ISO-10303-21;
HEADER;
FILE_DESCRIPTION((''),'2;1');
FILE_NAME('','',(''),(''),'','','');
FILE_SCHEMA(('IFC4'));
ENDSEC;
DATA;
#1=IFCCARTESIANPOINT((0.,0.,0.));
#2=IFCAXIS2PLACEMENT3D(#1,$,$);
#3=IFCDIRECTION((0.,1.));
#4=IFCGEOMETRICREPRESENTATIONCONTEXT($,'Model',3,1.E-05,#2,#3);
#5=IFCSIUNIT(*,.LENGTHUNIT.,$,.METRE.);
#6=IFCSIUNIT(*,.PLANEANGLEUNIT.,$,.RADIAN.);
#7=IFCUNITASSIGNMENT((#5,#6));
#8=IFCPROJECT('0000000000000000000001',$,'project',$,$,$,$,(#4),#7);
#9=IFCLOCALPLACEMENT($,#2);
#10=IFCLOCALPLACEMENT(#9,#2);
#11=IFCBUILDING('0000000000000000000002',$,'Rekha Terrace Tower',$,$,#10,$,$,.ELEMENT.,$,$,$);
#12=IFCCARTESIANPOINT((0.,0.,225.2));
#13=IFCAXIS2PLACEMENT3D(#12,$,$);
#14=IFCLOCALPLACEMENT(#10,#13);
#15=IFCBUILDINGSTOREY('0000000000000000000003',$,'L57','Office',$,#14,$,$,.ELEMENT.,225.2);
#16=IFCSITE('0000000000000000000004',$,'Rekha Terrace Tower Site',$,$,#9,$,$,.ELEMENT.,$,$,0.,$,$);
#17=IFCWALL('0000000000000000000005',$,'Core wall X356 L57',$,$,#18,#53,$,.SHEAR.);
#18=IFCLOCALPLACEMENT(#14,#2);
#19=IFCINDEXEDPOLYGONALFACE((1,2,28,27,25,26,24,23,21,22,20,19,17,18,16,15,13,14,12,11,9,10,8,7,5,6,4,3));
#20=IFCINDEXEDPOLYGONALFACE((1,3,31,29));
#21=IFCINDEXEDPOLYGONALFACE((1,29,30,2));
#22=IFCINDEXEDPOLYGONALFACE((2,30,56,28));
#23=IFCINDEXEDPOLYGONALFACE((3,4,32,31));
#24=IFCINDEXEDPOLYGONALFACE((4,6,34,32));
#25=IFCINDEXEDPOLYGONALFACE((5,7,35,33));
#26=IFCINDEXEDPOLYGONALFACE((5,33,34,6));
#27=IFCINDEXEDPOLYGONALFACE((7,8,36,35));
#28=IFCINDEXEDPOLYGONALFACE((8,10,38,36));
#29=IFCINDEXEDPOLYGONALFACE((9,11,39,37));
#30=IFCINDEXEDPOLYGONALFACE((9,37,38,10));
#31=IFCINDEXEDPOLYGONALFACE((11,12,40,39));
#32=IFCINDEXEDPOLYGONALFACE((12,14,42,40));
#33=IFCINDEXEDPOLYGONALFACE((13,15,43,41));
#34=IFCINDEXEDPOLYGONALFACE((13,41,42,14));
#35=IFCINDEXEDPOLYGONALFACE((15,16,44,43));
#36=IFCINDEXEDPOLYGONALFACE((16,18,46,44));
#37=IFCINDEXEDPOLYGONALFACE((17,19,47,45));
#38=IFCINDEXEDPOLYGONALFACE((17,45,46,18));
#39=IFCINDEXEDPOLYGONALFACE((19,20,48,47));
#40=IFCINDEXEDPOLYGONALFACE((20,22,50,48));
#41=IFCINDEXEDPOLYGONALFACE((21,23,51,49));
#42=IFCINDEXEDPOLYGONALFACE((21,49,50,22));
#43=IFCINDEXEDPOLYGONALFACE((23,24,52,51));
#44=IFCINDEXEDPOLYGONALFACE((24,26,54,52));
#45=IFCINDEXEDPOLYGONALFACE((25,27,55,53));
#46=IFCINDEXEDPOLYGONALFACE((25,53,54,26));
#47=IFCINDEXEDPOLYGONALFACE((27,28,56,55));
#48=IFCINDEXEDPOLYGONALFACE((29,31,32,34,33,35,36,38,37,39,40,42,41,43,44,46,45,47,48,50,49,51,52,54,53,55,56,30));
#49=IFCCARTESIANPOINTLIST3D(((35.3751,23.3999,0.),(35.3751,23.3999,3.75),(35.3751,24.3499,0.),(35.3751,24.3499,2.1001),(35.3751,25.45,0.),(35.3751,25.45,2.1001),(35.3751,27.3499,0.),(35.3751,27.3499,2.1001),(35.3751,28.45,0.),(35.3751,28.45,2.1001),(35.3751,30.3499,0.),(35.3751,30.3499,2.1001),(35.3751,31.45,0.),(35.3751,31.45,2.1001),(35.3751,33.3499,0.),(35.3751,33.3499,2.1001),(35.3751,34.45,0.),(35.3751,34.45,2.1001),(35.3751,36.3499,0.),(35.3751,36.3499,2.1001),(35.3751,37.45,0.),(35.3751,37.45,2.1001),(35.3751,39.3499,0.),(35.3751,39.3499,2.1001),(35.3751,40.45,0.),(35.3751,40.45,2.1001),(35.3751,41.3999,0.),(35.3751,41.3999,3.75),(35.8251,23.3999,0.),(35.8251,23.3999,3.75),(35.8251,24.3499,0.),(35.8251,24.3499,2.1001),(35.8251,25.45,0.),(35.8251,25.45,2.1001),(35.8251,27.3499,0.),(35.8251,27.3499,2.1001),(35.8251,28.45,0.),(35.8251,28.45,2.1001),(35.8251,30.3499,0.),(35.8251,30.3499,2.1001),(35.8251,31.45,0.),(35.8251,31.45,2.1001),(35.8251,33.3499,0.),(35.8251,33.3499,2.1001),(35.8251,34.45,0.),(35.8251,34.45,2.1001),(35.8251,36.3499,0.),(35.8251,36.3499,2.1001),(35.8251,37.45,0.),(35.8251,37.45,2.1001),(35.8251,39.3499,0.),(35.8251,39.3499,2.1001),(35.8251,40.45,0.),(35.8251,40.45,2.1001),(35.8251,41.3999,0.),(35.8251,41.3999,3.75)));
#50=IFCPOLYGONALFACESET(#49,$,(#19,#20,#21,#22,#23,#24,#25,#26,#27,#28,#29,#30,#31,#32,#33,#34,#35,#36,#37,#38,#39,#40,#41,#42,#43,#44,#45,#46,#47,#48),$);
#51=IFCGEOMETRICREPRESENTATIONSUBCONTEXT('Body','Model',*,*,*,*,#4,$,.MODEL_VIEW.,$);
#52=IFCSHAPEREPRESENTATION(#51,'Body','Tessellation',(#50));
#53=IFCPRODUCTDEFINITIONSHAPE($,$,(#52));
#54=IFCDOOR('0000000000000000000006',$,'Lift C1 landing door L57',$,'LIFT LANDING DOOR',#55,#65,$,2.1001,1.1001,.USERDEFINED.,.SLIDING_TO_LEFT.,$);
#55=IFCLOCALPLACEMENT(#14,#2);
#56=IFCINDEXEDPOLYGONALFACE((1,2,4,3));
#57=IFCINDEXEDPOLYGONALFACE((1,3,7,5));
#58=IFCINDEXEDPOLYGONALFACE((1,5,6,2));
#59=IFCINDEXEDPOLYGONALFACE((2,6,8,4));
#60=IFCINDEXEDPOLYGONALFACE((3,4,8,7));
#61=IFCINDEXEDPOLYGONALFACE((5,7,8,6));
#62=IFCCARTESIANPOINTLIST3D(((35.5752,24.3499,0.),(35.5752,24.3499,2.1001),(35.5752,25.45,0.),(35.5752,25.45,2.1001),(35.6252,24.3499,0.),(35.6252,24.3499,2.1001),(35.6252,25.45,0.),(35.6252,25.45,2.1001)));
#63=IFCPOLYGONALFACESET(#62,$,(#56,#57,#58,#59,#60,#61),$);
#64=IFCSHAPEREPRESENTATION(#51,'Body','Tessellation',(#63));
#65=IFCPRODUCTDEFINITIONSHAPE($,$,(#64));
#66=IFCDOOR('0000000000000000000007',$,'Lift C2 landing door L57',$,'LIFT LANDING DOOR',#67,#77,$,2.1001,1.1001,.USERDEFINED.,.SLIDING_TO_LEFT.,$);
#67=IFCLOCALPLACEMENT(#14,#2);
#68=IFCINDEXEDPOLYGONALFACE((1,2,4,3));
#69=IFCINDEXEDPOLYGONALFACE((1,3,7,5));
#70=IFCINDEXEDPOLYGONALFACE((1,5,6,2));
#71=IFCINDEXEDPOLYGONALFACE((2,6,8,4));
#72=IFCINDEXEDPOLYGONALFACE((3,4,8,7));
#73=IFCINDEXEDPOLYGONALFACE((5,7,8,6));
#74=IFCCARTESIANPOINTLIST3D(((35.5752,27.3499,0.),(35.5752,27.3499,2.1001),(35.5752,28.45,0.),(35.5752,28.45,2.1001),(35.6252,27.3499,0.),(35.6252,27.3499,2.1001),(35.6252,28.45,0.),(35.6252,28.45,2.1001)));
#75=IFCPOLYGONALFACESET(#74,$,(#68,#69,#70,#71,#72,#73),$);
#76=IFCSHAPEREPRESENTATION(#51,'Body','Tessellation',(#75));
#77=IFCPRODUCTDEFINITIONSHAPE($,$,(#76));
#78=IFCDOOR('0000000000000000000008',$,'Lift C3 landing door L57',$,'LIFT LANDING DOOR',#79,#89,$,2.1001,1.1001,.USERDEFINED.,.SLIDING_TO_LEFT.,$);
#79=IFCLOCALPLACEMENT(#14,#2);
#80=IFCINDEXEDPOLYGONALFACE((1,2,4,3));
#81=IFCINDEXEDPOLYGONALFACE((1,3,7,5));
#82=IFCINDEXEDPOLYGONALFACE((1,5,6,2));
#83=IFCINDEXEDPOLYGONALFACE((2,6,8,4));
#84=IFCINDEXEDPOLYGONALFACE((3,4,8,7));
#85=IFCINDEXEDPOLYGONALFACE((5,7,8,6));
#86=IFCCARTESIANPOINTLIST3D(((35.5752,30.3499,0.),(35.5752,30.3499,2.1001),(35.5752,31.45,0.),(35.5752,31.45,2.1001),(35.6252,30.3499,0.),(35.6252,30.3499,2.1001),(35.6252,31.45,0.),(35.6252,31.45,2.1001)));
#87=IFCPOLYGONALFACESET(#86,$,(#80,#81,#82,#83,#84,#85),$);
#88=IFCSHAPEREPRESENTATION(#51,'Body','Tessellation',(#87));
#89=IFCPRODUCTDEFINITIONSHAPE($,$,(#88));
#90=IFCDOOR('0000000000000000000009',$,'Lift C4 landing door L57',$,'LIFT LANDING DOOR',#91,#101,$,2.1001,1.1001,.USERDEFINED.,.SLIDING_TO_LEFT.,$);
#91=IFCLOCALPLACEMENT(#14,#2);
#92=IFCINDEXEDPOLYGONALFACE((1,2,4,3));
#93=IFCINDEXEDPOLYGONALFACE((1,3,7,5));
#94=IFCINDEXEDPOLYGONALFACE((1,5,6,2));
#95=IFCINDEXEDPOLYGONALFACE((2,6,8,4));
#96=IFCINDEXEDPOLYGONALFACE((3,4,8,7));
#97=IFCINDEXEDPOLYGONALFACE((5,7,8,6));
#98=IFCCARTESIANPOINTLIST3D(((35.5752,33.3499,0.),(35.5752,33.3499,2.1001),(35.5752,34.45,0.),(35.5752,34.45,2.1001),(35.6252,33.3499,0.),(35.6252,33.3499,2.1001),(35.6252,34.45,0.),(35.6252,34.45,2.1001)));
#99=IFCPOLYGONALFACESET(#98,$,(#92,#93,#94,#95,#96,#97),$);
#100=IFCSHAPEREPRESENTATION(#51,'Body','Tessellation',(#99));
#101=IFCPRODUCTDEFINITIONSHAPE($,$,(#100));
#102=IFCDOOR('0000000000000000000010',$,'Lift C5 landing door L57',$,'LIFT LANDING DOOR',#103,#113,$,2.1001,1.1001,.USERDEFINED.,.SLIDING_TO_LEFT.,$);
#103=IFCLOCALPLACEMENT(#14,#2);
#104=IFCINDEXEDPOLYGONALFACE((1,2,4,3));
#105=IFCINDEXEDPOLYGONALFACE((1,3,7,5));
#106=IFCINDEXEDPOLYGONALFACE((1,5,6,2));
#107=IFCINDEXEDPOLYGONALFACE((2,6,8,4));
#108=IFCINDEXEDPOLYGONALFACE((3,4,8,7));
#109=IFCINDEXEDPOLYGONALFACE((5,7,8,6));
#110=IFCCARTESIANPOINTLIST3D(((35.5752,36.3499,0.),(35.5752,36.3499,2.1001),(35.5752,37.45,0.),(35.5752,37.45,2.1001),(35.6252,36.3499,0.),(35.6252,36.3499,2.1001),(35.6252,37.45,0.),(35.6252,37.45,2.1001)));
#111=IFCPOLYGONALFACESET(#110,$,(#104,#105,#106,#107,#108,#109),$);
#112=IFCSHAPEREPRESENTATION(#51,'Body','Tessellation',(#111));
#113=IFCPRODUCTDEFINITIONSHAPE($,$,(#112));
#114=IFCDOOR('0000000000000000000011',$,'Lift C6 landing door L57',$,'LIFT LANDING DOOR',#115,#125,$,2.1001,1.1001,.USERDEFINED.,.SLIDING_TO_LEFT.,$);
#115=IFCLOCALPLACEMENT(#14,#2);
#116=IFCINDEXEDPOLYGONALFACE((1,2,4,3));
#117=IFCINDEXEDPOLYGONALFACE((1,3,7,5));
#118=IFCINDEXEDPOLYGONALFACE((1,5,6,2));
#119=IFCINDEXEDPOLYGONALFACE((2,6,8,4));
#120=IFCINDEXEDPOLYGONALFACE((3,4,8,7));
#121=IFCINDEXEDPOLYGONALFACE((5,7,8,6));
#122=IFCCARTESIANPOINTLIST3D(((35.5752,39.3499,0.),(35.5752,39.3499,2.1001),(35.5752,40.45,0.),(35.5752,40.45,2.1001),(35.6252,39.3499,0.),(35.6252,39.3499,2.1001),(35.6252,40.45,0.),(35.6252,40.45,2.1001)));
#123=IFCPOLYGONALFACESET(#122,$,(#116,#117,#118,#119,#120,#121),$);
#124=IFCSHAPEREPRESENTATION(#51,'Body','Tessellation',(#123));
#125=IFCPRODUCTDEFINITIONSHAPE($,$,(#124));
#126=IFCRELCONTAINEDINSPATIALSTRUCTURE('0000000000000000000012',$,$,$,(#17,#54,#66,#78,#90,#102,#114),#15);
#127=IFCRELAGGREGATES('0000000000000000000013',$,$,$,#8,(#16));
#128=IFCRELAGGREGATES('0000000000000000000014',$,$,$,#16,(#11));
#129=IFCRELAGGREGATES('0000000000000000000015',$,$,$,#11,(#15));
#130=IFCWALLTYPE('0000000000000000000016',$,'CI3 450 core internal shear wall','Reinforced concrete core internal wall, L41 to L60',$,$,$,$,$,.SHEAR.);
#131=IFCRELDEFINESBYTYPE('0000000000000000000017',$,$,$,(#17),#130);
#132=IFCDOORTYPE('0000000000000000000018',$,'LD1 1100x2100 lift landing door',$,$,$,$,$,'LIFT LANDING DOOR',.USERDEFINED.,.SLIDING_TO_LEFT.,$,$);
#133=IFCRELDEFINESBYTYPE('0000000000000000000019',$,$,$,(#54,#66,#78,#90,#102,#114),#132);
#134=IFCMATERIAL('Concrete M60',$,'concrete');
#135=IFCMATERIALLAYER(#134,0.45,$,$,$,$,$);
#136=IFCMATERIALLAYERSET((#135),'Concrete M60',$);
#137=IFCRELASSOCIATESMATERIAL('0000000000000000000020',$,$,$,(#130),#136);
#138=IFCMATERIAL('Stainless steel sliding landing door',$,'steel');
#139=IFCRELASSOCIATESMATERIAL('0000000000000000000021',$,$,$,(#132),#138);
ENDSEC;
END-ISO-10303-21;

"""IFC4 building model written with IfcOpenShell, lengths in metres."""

from ifc_helpers import new_model, si_unit, direction, frame, frame_2d, origin, place, context, subcontext, project, spatial, rectangle, extrude, material, layer, layer_set, type_object, element, fill, save


model = new_model("IFC4")

# Units and contexts
model_context = context("Model", 3, precision=1e-05, world=origin(), true_north=direction((0.0, 1.0)))
body_context = subcontext(model_context, "Body", "Model", "MODEL_VIEW")
ifc_project = project(units=[si_unit("LENGTHUNIT", "METRE"), si_unit("PLANEANGLEUNIT", "RADIAN")], contexts=[model_context])

# Site, building, storey
site_placement = place(None, origin())
site = spatial("IfcSite", under=ifc_project, at=site_placement, Name="Rekha Terrace Tower Site", CompositionType="ELEMENT", RefElevation=0.0)
building_placement = place(site_placement, origin())
building = spatial("IfcBuilding", under=site, at=building_placement, Name="Rekha Terrace Tower", CompositionType="ELEMENT")
storey_placement = place(building_placement, frame((0.0, 0.0, 225.2)))
storey = spatial("IfcBuildingStorey", under=building, at=storey_placement, Name="L57", Description="Office", CompositionType="ELEMENT", Elevation=225.2)

# Shared definitions
ifc_material_1 = material(Name="Concrete M60", Category="concrete")

# Shared definitions
ifc_layer_1 = layer(ifc_material_1, 0.45)
ifc_layer_set_1 = layer_set([ifc_layer_1], Name="Concrete M60")
wall_type_1 = type_object("IfcWallType", Name="CI3 450 core internal shear wall", Description="Reinforced concrete core internal wall, L41 to L60", PredefinedType="SHEAR", material=ifc_layer_set_1)

# Wall, openings, doors
wall_1_placement = place(storey_placement, frame((35.6001, 23.3999, 0.0), z_axis=(0.0, 0.0, 1.0), x_axis=(0.0, 1.0, 0.0)))
wall_1 = element("IfcWall", 1, at=wall_1_placement, inside=storey, type_object=wall_type_1, Name="Core wall X356 L57", PredefinedType="SHEAR", context=body_context, shape_type="SweptSolid", body=[
    extrude(rectangle(XDim=18.0, YDim=0.45, at=frame_2d((9.0, 0.0))), origin(), (0.0, 0.0, 1.0), 3.75),
])
opening_1_placement = place(wall_1_placement, frame((0.95, 0.0, 0.0)))
opening_1 = element("IfcOpeningElement", 2, at=opening_1_placement, cuts=wall_1, PredefinedType="OPENING", context=body_context, shape_type="SweptSolid", body=[
    extrude(rectangle(XDim=1.1001, YDim=2.1001, at=frame_2d((0.55, 1.05))), frame((0.0, 0.2349, 0.0), z_axis=(0.0, -1.0, 0.0), x_axis=(1.0, 0.0, 0.0)), (0.0, 0.0, 1.0), 0.47),
])
opening_2_placement = place(wall_1_placement, frame((3.95, 0.0, 0.0)))
opening_2 = element("IfcOpeningElement", 3, at=opening_2_placement, cuts=wall_1, PredefinedType="OPENING", context=body_context, shape_type="SweptSolid", body=[
    extrude(rectangle(XDim=1.1001, YDim=2.1001, at=frame_2d((0.55, 1.05))), frame((0.0, 0.2349, 0.0), z_axis=(0.0, -1.0, 0.0), x_axis=(1.0, 0.0, 0.0)), (0.0, 0.0, 1.0), 0.47),
])
opening_3_placement = place(wall_1_placement, frame((6.95, 0.0, 0.0)))
opening_3 = element("IfcOpeningElement", 4, at=opening_3_placement, cuts=wall_1, PredefinedType="OPENING", context=body_context, shape_type="SweptSolid", body=[
    extrude(rectangle(XDim=1.1001, YDim=2.1001, at=frame_2d((0.55, 1.05))), frame((0.0, 0.2349, 0.0), z_axis=(0.0, -1.0, 0.0), x_axis=(1.0, 0.0, 0.0)), (0.0, 0.0, 1.0), 0.47),
])
opening_4_placement = place(wall_1_placement, frame((9.95, 0.0, 0.0)))
opening_4 = element("IfcOpeningElement", 5, at=opening_4_placement, cuts=wall_1, PredefinedType="OPENING", context=body_context, shape_type="SweptSolid", body=[
    extrude(rectangle(XDim=1.1001, YDim=2.1001, at=frame_2d((0.55, 1.05))), frame((0.0, 0.2349, 0.0), z_axis=(0.0, -1.0, 0.0), x_axis=(1.0, 0.0, 0.0)), (0.0, 0.0, 1.0), 0.47),
])
opening_5_placement = place(wall_1_placement, frame((12.95, 0.0, 0.0)))
opening_5 = element("IfcOpeningElement", 6, at=opening_5_placement, cuts=wall_1, PredefinedType="OPENING", context=body_context, shape_type="SweptSolid", body=[
    extrude(rectangle(XDim=1.1001, YDim=2.1001, at=frame_2d((0.55, 1.05))), frame((0.0, 0.2349, 0.0), z_axis=(0.0, -1.0, 0.0), x_axis=(1.0, 0.0, 0.0)), (0.0, 0.0, 1.0), 0.47),
])
opening_6_placement = place(wall_1_placement, frame((15.95, 0.0, 0.0)))
opening_6 = element("IfcOpeningElement", 7, at=opening_6_placement, cuts=wall_1, PredefinedType="OPENING", context=body_context, shape_type="SweptSolid", body=[
    extrude(rectangle(XDim=1.1001, YDim=2.1001, at=frame_2d((0.55, 1.05))), frame((0.0, 0.2349, 0.0), z_axis=(0.0, -1.0, 0.0), x_axis=(1.0, 0.0, 0.0)), (0.0, 0.0, 1.0), 0.47),
])
ifc_material_2 = material(Name="Stainless steel sliding landing door", Category="steel")
door_type_1 = type_object("IfcDoorType", Name="LD1 1100x2100 lift landing door", ElementType="LIFT LANDING DOOR", OperationType="SLIDING_TO_LEFT", PredefinedType="USERDEFINED", material=ifc_material_2)
door_1_placement = place(opening_1_placement, origin())
door_1 = element("IfcDoor", 8, at=door_1_placement, inside=storey, type_object=door_type_1, Name="Lift C1 landing door L57", ObjectType="LIFT LANDING DOOR", OperationType="SLIDING_TO_LEFT", OverallHeight=2.1001, OverallWidth=1.1001, PredefinedType="USERDEFINED", context=body_context, shape_type="SweptSolid", body=[
    extrude(rectangle(XDim=1.1001, YDim=2.1001, at=frame_2d((0.55, 1.05))), frame((0.0, 0.0249, 0.0), z_axis=(0.0, -1.0, 0.0), x_axis=(1.0, 0.0, 0.0)), (0.0, 0.0, 1.0), 0.05),
])
fill(opening_1, door_1)
door_2_placement = place(opening_2_placement, origin())
door_2 = element("IfcDoor", 9, at=door_2_placement, inside=storey, type_object=door_type_1, Name="Lift C2 landing door L57", ObjectType="LIFT LANDING DOOR", OperationType="SLIDING_TO_LEFT", OverallHeight=2.1001, OverallWidth=1.1001, PredefinedType="USERDEFINED", context=body_context, shape_type="SweptSolid", body=[
    extrude(rectangle(XDim=1.1001, YDim=2.1001, at=frame_2d((0.55, 1.05))), frame((0.0, 0.0249, 0.0), z_axis=(0.0, -1.0, 0.0), x_axis=(1.0, 0.0, 0.0)), (0.0, 0.0, 1.0), 0.05),
])
fill(opening_2, door_2)
door_3_placement = place(opening_3_placement, origin())
door_3 = element("IfcDoor", 10, at=door_3_placement, inside=storey, type_object=door_type_1, Name="Lift C3 landing door L57", ObjectType="LIFT LANDING DOOR", OperationType="SLIDING_TO_LEFT", OverallHeight=2.1001, OverallWidth=1.1001, PredefinedType="USERDEFINED", context=body_context, shape_type="SweptSolid", body=[
    extrude(rectangle(XDim=1.1001, YDim=2.1001, at=frame_2d((0.55, 1.05))), frame((0.0, 0.0249, 0.0), z_axis=(0.0, -1.0, 0.0), x_axis=(1.0, 0.0, 0.0)), (0.0, 0.0, 1.0), 0.05),
])
fill(opening_3, door_3)
door_4_placement = place(opening_4_placement, origin())
door_4 = element("IfcDoor", 11, at=door_4_placement, inside=storey, type_object=door_type_1, Name="Lift C4 landing door L57", ObjectType="LIFT LANDING DOOR", OperationType="SLIDING_TO_LEFT", OverallHeight=2.1001, OverallWidth=1.1001, PredefinedType="USERDEFINED", context=body_context, shape_type="SweptSolid", body=[
    extrude(rectangle(XDim=1.1001, YDim=2.1001, at=frame_2d((0.55, 1.05))), frame((0.0, 0.0249, 0.0), z_axis=(0.0, -1.0, 0.0), x_axis=(1.0, 0.0, 0.0)), (0.0, 0.0, 1.0), 0.05),
])
fill(opening_4, door_4)
door_5_placement = place(opening_5_placement, origin())
door_5 = element("IfcDoor", 12, at=door_5_placement, inside=storey, type_object=door_type_1, Name="Lift C5 landing door L57", ObjectType="LIFT LANDING DOOR", OperationType="SLIDING_TO_LEFT", OverallHeight=2.1001, OverallWidth=1.1001, PredefinedType="USERDEFINED", context=body_context, shape_type="SweptSolid", body=[
    extrude(rectangle(XDim=1.1001, YDim=2.1001, at=frame_2d((0.55, 1.05))), frame((0.0, 0.0249, 0.0), z_axis=(0.0, -1.0, 0.0), x_axis=(1.0, 0.0, 0.0)), (0.0, 0.0, 1.0), 0.05),
])
fill(opening_5, door_5)
door_6_placement = place(opening_6_placement, origin())
door_6 = element("IfcDoor", 13, at=door_6_placement, inside=storey, type_object=door_type_1, Name="Lift C6 landing door L57", ObjectType="LIFT LANDING DOOR", OperationType="SLIDING_TO_LEFT", OverallHeight=2.1001, OverallWidth=1.1001, PredefinedType="USERDEFINED", context=body_context, shape_type="SweptSolid", body=[
    extrude(rectangle(XDim=1.1001, YDim=2.1001, at=frame_2d((0.55, 1.05))), frame((0.0, 0.0249, 0.0), z_axis=(0.0, -1.0, 0.0), x_axis=(1.0, 0.0, 0.0)), (0.0, 0.0, 1.0), 0.05),
])
fill(opening_6, door_6)

save(model, "model.ifc")
